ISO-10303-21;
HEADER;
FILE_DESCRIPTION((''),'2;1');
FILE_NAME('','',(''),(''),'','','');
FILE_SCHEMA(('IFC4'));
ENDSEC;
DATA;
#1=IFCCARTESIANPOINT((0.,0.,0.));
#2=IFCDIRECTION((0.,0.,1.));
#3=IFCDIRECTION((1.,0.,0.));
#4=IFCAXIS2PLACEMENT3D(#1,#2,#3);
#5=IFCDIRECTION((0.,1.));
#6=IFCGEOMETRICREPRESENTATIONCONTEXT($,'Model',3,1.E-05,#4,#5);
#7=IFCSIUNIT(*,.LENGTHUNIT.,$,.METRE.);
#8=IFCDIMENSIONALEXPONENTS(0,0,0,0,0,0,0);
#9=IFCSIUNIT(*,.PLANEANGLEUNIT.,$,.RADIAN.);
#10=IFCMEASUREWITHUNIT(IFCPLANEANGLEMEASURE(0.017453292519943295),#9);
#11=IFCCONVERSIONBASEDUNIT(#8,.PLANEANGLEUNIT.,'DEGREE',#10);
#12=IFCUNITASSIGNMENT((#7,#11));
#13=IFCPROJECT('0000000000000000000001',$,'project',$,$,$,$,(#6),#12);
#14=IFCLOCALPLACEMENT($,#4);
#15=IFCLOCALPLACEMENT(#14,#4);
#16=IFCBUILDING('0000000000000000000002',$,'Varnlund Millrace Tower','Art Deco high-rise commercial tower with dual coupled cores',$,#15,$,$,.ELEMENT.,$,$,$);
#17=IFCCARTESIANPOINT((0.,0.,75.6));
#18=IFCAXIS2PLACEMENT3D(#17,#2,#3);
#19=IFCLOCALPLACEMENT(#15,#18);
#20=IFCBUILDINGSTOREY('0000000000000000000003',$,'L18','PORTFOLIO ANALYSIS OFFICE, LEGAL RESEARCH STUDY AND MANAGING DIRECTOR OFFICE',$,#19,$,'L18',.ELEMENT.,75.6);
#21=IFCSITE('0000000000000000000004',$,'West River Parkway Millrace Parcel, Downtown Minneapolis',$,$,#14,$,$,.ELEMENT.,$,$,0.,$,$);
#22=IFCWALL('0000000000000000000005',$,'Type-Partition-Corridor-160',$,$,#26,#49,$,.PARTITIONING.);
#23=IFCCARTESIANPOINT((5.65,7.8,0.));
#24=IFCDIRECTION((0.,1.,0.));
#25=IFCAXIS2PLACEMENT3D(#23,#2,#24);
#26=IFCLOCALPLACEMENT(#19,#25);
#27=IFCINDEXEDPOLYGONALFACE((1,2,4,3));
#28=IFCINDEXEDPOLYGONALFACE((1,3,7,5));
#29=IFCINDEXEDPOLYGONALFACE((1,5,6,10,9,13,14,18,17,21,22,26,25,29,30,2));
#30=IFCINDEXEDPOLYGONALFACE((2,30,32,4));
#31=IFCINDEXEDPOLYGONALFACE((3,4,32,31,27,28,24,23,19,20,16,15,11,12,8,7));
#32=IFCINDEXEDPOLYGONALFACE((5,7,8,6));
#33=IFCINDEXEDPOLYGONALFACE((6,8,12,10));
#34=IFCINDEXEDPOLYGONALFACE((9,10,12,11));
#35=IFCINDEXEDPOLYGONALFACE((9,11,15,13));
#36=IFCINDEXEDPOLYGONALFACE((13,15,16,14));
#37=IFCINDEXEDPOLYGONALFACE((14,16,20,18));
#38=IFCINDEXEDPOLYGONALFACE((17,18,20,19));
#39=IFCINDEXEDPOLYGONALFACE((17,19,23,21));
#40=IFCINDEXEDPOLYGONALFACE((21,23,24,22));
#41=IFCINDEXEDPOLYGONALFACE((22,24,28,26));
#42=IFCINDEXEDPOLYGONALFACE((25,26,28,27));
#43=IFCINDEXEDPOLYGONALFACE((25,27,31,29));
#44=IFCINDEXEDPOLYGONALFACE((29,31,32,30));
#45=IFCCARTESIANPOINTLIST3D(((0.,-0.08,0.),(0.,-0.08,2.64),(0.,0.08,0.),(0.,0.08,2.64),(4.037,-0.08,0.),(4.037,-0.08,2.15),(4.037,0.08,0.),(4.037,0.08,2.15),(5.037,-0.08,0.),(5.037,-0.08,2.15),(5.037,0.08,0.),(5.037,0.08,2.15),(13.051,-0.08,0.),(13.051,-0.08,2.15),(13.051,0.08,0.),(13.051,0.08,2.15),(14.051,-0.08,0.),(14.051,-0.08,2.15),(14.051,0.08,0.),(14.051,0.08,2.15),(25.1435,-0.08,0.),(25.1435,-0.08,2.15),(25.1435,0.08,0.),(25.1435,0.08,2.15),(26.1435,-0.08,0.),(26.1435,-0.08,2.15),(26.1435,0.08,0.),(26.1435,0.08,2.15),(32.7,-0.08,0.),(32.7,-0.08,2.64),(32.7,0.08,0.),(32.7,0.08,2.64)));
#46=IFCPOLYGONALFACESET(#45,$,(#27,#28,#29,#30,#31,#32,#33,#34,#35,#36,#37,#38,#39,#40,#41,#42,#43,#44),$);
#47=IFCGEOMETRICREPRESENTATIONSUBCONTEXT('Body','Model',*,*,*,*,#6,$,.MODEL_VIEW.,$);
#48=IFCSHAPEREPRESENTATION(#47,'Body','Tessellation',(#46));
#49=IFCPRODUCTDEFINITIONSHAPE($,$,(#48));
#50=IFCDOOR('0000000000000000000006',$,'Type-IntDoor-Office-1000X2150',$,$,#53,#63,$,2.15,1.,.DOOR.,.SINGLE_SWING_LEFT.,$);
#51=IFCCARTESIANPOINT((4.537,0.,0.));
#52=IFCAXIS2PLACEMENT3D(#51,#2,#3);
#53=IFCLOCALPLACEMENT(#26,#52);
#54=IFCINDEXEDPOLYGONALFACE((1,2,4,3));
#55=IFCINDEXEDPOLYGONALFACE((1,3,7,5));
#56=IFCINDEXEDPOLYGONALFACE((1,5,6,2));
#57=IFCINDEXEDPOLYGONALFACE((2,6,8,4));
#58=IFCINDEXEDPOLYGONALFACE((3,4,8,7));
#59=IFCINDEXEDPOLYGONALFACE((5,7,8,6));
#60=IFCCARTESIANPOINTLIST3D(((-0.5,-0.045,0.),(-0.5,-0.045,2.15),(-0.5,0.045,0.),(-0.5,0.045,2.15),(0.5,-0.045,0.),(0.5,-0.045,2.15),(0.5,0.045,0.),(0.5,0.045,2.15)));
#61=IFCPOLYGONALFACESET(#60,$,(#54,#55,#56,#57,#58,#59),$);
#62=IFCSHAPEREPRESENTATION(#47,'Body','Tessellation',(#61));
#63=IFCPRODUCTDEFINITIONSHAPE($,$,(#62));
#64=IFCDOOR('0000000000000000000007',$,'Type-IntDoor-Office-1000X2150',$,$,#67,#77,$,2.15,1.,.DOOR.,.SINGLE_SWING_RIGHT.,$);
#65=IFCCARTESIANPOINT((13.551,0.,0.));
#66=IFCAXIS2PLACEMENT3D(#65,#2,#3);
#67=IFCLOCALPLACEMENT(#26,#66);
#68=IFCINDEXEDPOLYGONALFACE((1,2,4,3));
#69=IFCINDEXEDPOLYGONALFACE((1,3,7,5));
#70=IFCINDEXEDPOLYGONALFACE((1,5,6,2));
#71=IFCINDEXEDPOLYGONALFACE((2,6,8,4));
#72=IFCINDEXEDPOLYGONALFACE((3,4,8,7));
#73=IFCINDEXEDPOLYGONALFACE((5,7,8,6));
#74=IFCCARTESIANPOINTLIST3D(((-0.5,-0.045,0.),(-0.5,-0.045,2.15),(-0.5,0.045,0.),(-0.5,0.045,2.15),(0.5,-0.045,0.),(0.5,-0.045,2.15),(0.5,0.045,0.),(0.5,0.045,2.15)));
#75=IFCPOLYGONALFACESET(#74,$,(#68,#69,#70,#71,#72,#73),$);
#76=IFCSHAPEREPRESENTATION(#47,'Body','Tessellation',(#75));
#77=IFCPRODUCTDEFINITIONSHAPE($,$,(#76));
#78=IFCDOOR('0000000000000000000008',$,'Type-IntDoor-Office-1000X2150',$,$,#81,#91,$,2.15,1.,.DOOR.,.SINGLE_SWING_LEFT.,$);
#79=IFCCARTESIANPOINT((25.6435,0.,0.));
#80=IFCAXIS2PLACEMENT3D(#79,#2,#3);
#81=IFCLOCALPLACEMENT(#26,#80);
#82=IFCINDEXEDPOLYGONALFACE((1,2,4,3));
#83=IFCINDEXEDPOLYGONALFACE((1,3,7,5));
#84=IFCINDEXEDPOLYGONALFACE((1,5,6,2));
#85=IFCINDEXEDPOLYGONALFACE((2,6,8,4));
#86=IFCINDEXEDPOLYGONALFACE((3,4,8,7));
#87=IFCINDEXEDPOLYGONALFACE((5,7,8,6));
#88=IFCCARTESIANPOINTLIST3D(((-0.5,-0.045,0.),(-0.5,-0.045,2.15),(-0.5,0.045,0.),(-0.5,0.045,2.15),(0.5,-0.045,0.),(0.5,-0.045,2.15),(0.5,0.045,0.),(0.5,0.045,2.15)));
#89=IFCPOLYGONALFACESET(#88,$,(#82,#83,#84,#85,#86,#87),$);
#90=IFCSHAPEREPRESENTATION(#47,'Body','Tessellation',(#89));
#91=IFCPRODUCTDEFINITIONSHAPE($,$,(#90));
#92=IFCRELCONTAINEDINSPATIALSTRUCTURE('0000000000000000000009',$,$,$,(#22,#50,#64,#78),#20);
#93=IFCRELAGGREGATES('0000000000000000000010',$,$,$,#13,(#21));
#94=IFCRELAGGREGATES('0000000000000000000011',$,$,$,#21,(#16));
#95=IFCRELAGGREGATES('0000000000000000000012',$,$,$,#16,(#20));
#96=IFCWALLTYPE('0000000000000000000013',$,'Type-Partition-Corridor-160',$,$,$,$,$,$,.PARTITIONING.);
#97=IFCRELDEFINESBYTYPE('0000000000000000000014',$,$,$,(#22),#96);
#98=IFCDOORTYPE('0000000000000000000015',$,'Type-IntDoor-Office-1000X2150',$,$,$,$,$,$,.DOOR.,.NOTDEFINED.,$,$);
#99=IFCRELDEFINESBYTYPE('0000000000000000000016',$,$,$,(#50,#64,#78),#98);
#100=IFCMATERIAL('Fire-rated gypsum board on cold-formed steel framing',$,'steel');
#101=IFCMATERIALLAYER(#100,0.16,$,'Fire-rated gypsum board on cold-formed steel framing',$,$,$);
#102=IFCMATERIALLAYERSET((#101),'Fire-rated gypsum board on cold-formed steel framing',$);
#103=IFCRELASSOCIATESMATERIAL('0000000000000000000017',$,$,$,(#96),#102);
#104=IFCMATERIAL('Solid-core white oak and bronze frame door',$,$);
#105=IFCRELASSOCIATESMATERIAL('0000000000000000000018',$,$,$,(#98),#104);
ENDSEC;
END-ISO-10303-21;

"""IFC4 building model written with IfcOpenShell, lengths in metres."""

from ifc_helpers import new_model, entity, si_unit, converted_unit, direction, frame, origin_with_axes, origin_2d_with_axis, place, context, subcontext, project, spatial, polyline, rectangle, outline, extrude, material, layer, layer_set, type_object, element, fill, save


model = new_model("IFC4")

# Units and contexts
model_context = context("Model", 3, precision=1e-05, world=origin_with_axes(), true_north=direction((0.0, 1.0)))
body_context = subcontext(model_context, "Body", "Model", "MODEL_VIEW")
ifc_project = project(units=[si_unit("LENGTHUNIT", "METRE"), converted_unit("PLANEANGLEUNIT", "DEGREE", entity("IfcPlaneAngleMeasure", 0.017453292519943295), si_unit("PLANEANGLEUNIT", "RADIAN"), dimensions=[0, 0, 0, 0, 0, 0, 0])], contexts=[model_context])

# Site, building, storey
site_placement = place(None, origin_with_axes())
site = spatial("IfcSite", under=ifc_project, at=site_placement, Name="West River Parkway Millrace Parcel, Downtown Minneapolis", CompositionType="ELEMENT", RefElevation=0.0)
building_placement = place(site_placement, origin_with_axes())
building = spatial("IfcBuilding", under=site, at=building_placement, Name="Varnlund Millrace Tower", Description="Art Deco high-rise commercial tower with dual coupled cores", CompositionType="ELEMENT")
storey_placement = place(building_placement, frame((0.0, 0.0, 75.6), z_axis=(0.0, 0.0, 1.0), x_axis=(1.0, 0.0, 0.0)))
storey = spatial("IfcBuildingStorey", under=building, at=storey_placement, Name="L18", Description="PORTFOLIO ANALYSIS OFFICE, LEGAL RESEARCH STUDY AND MANAGING DIRECTOR OFFICE", LongName="L18", CompositionType="ELEMENT", Elevation=75.6)

# Wall, openings, doors
ifc_material_1 = material(Name="Fire-rated gypsum board on cold-formed steel framing", Category="steel")
ifc_layer_1 = layer(ifc_material_1, 0.16, Name="Fire-rated gypsum board on cold-formed steel framing")
ifc_layer_set_1 = layer_set([ifc_layer_1], Name="Fire-rated gypsum board on cold-formed steel framing")
wall_type_1 = type_object("IfcWallType", Name="Type-Partition-Corridor-160", PredefinedType="PARTITIONING", material=ifc_layer_set_1)
ifc_material_2 = material(Name="Solid-core white oak and bronze frame door")
door_type_1 = type_object("IfcDoorType", Name="Type-IntDoor-Office-1000X2150", OperationType="NOTDEFINED", PredefinedType="DOOR", material=ifc_material_2)
wall_1_placement = place(storey_placement, frame((5.65, 7.8, 0.0), z_axis=(0.0, 0.0, 1.0), x_axis=(0.0, 1.0, 0.0)))
wall_1 = element("IfcWall", 1, at=wall_1_placement, inside=storey, type_object=wall_type_1, Name="Type-Partition-Corridor-160", PredefinedType="PARTITIONING", context=body_context, shape_type="SweptSolid", body=[
    extrude(outline(polyline([(0.0, -0.08), (32.7, -0.08), (32.7, 0.08), (0.0, 0.08), (0.0, -0.08)])), origin_with_axes(), (0.0, 0.0, 1.0), 2.64),
])
opening_1_placement = place(wall_1_placement, frame((4.537, 0.0, 0.0), z_axis=(0.0, 0.0, 1.0), x_axis=(1.0, 0.0, 0.0)))
opening_1 = element("IfcOpeningElement", 2, at=opening_1_placement, cuts=wall_1, PredefinedType="OPENING", context=body_context, shape_type="SweptSolid", body=[
    extrude(rectangle(XDim=1.0, YDim=0.18, at=origin_2d_with_axis()), origin_with_axes(), (0.0, 0.0, 1.0), 2.15),
])
opening_2_placement = place(wall_1_placement, frame((13.551, 0.0, 0.0), z_axis=(0.0, 0.0, 1.0), x_axis=(1.0, 0.0, 0.0)))
opening_2 = element("IfcOpeningElement", 3, at=opening_2_placement, cuts=wall_1, PredefinedType="OPENING", context=body_context, shape_type="SweptSolid", body=[
    extrude(rectangle(XDim=1.0, YDim=0.18, at=origin_2d_with_axis()), origin_with_axes(), (0.0, 0.0, 1.0), 2.15),
])
opening_3_placement = place(wall_1_placement, frame((25.6435, 0.0, 0.0), z_axis=(0.0, 0.0, 1.0), x_axis=(1.0, 0.0, 0.0)))
opening_3 = element("IfcOpeningElement", 4, at=opening_3_placement, cuts=wall_1, PredefinedType="OPENING", context=body_context, shape_type="SweptSolid", body=[
    extrude(rectangle(XDim=1.0, YDim=0.18, at=origin_2d_with_axis()), origin_with_axes(), (0.0, 0.0, 1.0), 2.15),
])
door_1_placement = place(wall_1_placement, frame((4.537, 0.0, 0.0), z_axis=(0.0, 0.0, 1.0), x_axis=(1.0, 0.0, 0.0)))
door_1 = element("IfcDoor", 5, at=door_1_placement, inside=storey, type_object=door_type_1, Name="Type-IntDoor-Office-1000X2150", OperationType="SINGLE_SWING_LEFT", OverallHeight=2.15, OverallWidth=1.0, PredefinedType="DOOR", context=body_context, shape_type="SweptSolid", body=[
    extrude(rectangle(XDim=1.0, YDim=0.09, at=origin_2d_with_axis()), origin_with_axes(), (0.0, 0.0, 1.0), 2.15),
])
fill(opening_1, door_1)
door_2_placement = place(wall_1_placement, frame((13.551, 0.0, 0.0), z_axis=(0.0, 0.0, 1.0), x_axis=(1.0, 0.0, 0.0)))
door_2 = element("IfcDoor", 6, at=door_2_placement, inside=storey, type_object=door_type_1, Name="Type-IntDoor-Office-1000X2150", OperationType="SINGLE_SWING_RIGHT", OverallHeight=2.15, OverallWidth=1.0, PredefinedType="DOOR", context=body_context, shape_type="SweptSolid", body=[
    extrude(rectangle(XDim=1.0, YDim=0.09, at=origin_2d_with_axis()), origin_with_axes(), (0.0, 0.0, 1.0), 2.15),
])
fill(opening_2, door_2)
door_3_placement = place(wall_1_placement, frame((25.6435, 0.0, 0.0), z_axis=(0.0, 0.0, 1.0), x_axis=(1.0, 0.0, 0.0)))
door_3 = element("IfcDoor", 7, at=door_3_placement, inside=storey, type_object=door_type_1, Name="Type-IntDoor-Office-1000X2150", OperationType="SINGLE_SWING_LEFT", OverallHeight=2.15, OverallWidth=1.0, PredefinedType="DOOR", context=body_context, shape_type="SweptSolid", body=[
    extrude(rectangle(XDim=1.0, YDim=0.09, at=origin_2d_with_axis()), origin_with_axes(), (0.0, 0.0, 1.0), 2.15),
])
fill(opening_3, door_3)

save(model, "model.ifc")
